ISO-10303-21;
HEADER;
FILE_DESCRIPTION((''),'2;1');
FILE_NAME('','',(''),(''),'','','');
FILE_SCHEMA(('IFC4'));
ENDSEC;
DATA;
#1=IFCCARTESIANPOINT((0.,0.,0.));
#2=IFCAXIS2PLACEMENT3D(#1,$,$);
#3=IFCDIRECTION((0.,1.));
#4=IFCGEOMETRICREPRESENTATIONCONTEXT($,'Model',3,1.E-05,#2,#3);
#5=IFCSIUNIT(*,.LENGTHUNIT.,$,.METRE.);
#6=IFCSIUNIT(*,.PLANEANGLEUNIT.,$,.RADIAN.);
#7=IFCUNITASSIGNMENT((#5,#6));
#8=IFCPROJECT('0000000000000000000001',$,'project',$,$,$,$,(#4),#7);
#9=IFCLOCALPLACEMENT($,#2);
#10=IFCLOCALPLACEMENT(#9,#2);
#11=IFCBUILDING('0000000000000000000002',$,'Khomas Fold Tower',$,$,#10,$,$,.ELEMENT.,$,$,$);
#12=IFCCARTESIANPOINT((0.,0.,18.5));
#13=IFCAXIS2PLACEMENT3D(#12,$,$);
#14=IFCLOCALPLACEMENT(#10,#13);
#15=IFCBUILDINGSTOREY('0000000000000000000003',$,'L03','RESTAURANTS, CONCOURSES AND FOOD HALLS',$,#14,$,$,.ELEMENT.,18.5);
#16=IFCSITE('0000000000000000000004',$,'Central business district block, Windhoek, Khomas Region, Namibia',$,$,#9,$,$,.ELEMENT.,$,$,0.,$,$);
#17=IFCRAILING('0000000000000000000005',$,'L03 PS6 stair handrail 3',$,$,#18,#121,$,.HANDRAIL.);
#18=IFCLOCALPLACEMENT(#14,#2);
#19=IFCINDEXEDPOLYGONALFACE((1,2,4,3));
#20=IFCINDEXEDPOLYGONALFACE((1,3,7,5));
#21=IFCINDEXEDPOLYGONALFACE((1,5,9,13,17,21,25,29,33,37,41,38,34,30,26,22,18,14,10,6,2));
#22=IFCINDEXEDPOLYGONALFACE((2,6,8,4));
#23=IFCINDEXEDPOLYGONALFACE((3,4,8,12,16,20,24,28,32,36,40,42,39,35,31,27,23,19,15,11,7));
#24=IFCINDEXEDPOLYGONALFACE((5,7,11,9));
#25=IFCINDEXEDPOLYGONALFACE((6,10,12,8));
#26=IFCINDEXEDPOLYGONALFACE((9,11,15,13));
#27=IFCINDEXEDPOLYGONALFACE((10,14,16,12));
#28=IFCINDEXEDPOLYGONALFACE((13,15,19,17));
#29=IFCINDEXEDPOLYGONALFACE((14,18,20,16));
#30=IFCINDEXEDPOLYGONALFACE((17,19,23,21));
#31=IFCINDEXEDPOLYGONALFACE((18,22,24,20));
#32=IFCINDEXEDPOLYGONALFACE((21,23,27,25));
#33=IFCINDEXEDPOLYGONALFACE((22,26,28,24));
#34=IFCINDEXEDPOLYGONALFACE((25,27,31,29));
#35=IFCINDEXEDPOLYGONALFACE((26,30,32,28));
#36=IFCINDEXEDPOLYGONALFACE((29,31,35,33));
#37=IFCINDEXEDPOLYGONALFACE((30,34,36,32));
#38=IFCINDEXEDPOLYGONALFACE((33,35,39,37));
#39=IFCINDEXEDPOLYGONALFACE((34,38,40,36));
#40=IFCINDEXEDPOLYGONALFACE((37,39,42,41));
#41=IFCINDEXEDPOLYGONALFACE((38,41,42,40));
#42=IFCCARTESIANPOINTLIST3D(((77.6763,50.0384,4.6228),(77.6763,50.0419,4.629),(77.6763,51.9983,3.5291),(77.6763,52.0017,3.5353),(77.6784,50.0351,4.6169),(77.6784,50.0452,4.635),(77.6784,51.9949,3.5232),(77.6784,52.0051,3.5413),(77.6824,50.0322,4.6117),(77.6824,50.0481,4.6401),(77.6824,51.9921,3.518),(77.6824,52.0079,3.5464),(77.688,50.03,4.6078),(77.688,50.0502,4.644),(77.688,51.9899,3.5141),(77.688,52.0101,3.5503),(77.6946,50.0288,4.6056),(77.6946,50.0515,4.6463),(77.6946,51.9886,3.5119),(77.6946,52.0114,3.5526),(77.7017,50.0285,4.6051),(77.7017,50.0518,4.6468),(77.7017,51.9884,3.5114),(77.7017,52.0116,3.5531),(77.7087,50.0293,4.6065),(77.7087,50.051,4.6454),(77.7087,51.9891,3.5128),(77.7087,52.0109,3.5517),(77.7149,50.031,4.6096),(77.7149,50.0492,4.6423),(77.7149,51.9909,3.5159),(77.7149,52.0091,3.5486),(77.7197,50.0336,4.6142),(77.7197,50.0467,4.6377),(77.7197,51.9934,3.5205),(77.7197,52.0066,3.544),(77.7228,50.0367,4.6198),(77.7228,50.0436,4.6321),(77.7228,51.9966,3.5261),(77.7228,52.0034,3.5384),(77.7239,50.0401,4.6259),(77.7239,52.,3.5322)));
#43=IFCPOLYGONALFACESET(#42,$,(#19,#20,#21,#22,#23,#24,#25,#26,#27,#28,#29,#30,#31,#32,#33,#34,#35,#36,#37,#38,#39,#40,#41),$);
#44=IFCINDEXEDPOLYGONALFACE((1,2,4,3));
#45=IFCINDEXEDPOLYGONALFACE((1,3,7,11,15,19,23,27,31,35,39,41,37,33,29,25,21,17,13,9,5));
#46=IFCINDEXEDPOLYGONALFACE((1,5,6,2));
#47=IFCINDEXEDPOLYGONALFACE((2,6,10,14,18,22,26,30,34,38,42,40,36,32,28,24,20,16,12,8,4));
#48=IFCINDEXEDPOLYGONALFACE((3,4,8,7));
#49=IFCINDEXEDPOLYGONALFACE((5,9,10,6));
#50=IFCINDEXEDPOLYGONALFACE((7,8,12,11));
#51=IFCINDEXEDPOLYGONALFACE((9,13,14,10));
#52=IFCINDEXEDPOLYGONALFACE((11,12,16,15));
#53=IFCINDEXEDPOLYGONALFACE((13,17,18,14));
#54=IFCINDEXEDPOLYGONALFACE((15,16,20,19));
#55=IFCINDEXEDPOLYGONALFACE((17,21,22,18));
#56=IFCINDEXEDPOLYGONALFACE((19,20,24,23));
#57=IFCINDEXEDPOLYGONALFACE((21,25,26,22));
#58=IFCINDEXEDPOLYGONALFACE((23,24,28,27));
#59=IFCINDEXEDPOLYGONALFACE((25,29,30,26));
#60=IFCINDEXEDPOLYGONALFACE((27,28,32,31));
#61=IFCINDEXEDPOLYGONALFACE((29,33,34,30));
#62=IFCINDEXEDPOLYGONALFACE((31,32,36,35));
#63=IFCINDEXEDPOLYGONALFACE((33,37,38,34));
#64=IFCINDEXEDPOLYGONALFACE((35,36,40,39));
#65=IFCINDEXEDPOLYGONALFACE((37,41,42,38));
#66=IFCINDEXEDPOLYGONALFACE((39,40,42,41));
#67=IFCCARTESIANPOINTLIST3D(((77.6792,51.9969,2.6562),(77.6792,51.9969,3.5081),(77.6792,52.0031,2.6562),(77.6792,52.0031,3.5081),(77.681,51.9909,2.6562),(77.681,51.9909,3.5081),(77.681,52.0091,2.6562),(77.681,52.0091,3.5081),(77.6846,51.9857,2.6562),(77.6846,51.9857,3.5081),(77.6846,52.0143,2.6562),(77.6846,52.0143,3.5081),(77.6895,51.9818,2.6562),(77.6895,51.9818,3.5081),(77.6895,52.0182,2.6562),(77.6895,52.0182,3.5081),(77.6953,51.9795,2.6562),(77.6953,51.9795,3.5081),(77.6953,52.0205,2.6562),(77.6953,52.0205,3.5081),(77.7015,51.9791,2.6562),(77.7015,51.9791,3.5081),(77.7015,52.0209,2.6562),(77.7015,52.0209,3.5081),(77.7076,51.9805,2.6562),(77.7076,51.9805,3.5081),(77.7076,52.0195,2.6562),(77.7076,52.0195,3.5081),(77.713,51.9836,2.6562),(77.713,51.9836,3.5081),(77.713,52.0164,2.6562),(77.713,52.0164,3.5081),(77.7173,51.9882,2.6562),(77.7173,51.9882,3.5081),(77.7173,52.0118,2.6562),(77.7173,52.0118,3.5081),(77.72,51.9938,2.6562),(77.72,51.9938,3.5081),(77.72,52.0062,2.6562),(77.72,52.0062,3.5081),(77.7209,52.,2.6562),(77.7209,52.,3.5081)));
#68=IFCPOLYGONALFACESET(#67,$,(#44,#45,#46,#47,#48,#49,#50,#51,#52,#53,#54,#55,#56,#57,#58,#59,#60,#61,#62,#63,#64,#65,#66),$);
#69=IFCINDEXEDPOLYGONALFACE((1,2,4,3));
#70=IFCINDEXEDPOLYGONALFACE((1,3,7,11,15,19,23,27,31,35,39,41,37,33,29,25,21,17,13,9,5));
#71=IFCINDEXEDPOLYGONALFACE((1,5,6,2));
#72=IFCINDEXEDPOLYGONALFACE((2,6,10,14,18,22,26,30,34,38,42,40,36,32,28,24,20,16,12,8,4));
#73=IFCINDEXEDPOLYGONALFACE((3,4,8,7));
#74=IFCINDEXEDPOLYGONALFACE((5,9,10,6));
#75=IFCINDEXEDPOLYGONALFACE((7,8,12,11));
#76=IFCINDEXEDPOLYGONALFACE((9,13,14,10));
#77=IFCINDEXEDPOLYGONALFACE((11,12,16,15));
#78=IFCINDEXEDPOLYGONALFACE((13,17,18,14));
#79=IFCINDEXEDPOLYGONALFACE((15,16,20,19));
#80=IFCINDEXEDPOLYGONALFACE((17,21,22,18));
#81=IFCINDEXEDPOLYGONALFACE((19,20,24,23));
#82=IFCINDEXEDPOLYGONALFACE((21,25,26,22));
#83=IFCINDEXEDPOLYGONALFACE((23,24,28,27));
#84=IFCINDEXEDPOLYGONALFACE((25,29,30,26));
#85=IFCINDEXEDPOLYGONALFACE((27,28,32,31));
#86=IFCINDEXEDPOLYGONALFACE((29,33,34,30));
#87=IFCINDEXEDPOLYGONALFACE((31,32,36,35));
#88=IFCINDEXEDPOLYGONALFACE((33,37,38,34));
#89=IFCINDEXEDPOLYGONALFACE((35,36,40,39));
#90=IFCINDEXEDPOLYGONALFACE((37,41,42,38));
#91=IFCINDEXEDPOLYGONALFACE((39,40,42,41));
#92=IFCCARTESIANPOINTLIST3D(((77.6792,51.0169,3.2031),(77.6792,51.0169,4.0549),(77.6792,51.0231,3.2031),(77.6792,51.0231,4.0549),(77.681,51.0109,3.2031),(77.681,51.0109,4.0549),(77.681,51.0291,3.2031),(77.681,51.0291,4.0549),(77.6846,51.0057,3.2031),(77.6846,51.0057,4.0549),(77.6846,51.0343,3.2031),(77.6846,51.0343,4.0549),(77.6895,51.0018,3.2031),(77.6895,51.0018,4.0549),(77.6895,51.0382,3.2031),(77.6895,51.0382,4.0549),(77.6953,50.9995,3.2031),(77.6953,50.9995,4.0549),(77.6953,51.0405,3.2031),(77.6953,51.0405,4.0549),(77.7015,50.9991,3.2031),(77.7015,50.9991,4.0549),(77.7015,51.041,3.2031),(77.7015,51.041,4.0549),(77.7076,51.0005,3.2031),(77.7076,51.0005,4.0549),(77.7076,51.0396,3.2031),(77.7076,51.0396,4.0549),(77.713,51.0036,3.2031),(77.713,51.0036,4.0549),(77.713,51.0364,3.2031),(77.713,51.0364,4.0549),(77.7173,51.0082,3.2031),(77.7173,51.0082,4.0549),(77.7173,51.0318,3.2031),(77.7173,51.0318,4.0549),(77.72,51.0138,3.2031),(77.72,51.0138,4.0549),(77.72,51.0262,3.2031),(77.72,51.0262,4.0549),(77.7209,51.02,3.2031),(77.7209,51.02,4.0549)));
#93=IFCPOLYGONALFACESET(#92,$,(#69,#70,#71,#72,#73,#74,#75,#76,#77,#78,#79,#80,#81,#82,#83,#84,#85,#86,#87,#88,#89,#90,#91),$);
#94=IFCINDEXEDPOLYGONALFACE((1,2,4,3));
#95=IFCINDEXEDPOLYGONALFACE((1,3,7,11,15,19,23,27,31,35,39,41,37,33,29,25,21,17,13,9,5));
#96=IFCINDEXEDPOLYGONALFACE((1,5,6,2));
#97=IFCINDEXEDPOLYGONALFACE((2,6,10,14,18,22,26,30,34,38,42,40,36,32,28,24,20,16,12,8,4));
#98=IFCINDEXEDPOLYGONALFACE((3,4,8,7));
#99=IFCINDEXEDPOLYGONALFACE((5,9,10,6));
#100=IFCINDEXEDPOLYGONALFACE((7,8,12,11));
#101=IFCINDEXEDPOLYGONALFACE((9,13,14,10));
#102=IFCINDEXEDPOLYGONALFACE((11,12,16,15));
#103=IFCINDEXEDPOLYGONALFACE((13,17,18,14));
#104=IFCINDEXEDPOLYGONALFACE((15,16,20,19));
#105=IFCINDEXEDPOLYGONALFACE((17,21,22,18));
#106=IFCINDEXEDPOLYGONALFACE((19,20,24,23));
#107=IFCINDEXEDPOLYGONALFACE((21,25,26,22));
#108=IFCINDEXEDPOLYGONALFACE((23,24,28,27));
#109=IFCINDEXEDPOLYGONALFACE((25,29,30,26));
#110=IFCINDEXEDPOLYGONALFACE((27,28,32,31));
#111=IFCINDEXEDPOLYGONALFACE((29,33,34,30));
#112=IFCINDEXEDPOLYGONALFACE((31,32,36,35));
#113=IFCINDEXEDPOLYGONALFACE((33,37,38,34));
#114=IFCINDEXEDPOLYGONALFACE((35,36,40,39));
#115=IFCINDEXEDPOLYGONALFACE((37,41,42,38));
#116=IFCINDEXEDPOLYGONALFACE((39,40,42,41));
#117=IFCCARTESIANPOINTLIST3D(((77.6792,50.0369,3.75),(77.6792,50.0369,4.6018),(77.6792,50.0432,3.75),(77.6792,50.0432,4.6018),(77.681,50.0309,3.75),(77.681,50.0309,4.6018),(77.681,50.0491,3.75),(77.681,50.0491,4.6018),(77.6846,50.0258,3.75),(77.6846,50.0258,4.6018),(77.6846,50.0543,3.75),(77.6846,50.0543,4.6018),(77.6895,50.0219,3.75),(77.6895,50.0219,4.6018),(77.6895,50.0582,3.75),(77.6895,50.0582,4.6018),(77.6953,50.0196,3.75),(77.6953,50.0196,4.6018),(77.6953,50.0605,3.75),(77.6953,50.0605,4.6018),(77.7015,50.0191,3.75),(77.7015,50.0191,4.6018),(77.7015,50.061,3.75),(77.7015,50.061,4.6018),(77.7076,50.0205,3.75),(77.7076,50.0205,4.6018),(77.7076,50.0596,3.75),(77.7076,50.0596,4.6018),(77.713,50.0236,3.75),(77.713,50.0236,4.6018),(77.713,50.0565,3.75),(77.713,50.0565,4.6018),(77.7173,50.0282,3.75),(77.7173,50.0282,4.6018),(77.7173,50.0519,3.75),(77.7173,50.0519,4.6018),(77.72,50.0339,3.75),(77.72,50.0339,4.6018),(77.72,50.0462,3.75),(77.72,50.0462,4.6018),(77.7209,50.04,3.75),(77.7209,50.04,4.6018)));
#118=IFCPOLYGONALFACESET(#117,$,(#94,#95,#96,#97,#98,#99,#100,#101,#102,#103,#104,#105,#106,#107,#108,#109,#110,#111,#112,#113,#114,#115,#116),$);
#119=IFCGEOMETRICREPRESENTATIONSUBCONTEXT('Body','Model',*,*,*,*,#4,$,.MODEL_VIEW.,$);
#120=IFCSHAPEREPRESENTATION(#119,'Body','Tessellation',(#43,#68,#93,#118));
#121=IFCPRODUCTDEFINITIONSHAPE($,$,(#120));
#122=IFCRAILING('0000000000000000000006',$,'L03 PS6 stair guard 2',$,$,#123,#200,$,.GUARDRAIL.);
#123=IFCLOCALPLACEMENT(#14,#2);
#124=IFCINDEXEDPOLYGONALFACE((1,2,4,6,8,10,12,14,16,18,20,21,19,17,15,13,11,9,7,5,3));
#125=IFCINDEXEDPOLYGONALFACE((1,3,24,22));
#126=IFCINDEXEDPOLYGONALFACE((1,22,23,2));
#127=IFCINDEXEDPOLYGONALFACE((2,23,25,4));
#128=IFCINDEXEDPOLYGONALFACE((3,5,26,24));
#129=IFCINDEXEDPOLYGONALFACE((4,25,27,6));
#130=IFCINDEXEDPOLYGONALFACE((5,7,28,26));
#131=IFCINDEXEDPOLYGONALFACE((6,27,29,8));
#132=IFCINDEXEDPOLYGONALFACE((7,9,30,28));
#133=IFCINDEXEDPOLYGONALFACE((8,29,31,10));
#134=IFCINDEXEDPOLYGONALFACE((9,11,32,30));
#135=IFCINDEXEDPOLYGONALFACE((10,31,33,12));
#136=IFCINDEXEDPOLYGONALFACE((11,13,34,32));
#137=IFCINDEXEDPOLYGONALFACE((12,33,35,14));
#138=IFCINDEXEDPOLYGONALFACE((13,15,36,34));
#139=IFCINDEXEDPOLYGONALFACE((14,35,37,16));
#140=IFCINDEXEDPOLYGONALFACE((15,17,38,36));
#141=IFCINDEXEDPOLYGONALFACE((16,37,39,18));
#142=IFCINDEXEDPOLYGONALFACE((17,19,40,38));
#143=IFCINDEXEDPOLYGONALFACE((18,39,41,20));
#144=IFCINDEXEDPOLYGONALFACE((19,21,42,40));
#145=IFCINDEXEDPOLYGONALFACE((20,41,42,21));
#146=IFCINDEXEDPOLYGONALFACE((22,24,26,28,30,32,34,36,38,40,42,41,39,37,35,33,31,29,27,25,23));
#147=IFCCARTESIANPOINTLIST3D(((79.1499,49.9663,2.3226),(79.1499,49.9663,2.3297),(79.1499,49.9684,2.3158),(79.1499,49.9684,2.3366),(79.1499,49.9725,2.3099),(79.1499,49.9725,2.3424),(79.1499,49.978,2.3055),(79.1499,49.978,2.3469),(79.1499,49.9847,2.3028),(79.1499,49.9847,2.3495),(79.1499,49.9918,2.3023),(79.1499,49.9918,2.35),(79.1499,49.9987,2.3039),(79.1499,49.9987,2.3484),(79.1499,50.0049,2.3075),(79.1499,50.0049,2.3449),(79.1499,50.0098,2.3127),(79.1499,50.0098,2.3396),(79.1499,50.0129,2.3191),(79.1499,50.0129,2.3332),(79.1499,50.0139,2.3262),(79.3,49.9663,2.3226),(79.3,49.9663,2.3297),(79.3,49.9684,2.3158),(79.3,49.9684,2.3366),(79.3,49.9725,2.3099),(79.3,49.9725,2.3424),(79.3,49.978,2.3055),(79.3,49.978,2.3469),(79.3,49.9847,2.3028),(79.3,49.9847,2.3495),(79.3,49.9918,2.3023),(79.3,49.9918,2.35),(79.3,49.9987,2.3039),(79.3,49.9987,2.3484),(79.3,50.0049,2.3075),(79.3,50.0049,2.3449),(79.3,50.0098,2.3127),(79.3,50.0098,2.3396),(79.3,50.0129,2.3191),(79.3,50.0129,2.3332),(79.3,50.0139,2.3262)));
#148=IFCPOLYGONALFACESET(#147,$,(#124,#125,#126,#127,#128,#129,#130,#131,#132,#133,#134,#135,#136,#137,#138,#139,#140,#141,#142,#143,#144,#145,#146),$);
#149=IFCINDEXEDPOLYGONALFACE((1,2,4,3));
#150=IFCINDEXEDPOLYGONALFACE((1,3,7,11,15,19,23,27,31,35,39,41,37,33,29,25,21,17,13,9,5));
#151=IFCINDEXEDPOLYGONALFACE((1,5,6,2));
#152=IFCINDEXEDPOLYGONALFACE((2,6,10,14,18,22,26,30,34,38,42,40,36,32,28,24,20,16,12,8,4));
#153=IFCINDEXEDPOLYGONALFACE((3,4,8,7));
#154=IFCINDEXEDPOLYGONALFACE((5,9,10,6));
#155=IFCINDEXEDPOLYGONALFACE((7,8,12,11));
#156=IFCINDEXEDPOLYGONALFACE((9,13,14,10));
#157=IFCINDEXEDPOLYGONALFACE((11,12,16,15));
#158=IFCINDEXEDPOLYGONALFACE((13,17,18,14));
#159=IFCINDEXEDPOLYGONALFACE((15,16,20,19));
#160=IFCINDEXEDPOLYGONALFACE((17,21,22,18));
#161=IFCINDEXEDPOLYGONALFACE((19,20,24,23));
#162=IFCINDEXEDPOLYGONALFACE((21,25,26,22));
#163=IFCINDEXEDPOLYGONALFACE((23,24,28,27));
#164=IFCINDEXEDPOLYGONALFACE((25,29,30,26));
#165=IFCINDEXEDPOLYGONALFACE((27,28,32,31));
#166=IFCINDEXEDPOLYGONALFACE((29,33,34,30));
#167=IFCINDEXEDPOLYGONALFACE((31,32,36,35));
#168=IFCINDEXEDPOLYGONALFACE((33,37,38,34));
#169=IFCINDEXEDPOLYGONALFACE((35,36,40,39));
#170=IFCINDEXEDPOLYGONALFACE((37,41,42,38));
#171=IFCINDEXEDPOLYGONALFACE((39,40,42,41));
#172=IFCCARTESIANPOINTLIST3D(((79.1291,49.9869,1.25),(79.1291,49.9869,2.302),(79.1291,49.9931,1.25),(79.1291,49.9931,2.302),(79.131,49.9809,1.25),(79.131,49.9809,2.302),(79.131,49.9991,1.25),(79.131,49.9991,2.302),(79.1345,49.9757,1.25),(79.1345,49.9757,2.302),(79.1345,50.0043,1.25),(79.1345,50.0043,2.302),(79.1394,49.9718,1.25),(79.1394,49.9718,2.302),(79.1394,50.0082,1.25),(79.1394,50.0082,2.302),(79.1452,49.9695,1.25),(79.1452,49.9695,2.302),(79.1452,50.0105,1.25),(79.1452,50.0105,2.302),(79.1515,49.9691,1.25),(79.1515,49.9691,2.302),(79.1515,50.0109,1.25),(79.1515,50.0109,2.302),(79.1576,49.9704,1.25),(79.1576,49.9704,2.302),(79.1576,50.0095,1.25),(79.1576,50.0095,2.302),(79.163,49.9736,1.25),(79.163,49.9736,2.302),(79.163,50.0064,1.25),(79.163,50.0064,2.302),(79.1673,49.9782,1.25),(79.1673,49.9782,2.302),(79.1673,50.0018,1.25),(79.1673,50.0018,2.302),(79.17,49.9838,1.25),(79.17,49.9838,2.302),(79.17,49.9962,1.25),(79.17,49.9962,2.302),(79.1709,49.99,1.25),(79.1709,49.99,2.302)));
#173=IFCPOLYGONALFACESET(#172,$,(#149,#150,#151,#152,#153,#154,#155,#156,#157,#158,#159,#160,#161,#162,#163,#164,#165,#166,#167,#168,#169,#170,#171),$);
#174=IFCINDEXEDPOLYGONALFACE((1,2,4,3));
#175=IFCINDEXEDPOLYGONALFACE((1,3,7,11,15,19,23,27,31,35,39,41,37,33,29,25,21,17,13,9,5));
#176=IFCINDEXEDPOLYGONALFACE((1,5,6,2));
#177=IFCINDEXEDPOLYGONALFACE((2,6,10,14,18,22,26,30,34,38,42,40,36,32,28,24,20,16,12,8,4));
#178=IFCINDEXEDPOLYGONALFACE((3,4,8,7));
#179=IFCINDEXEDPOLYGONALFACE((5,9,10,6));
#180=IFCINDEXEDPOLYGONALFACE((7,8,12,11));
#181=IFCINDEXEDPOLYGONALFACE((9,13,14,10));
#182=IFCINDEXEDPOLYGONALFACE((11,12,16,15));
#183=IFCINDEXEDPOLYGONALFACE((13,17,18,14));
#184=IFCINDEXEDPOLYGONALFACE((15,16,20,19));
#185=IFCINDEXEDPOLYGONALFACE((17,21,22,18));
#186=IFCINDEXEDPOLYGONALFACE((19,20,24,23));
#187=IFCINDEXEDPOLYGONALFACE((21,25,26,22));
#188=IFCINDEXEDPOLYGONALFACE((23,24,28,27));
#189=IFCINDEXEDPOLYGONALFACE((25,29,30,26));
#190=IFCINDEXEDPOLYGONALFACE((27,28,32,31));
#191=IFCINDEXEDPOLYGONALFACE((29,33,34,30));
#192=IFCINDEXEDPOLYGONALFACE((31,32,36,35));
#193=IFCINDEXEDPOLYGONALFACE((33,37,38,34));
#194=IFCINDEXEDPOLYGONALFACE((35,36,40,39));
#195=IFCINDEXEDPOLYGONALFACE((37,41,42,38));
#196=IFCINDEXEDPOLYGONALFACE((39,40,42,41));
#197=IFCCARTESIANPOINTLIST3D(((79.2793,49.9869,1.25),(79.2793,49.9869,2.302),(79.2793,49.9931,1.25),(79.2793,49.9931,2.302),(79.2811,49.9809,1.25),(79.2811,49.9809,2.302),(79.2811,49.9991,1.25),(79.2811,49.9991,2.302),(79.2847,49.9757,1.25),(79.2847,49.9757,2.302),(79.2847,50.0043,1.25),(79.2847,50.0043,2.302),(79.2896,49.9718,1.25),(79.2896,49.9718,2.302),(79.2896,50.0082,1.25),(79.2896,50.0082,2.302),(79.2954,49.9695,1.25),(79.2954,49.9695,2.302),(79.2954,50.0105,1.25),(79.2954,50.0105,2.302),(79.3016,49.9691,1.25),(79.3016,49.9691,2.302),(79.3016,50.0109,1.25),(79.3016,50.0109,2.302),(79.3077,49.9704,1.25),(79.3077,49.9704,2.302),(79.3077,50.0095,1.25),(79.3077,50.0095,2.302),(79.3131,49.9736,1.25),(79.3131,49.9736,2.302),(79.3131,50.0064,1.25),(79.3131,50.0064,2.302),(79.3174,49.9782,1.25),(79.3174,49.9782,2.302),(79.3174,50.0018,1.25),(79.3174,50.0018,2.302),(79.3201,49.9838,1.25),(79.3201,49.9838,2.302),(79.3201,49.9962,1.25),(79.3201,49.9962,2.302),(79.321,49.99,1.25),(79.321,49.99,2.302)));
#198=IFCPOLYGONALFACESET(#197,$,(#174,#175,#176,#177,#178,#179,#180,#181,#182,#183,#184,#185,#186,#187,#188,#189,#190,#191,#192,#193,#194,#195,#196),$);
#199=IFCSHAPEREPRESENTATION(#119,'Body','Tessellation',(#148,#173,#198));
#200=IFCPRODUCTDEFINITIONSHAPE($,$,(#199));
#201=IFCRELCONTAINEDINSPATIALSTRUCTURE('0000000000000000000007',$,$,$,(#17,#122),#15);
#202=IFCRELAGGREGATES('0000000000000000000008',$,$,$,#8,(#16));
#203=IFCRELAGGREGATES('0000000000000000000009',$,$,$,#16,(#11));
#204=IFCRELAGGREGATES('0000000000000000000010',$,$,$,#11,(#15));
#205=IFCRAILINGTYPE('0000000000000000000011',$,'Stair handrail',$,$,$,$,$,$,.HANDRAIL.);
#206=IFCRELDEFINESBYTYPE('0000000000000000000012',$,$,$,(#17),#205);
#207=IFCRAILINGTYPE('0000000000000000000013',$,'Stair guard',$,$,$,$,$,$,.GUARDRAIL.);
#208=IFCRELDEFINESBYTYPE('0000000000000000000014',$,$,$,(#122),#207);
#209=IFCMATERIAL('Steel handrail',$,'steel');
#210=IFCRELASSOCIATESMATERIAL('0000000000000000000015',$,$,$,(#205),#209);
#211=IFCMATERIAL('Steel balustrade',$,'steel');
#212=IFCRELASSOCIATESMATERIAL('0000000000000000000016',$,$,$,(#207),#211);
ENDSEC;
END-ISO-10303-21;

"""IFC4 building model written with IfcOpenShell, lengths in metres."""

from ifc_helpers import new_model, si_unit, direction, frame, origin, origin_2d, place, context, subcontext, project, spatial, circle, extrude, source, transform, mapped, material, type_object, element, save


model = new_model("IFC4")

# Units and contexts
model_context = context("Model", 3, precision=1e-05, world=origin(), true_north=direction((0.0, 1.0)))
body_context = subcontext(model_context, "Body", "Model", "MODEL_VIEW")
ifc_project = project(units=[si_unit("LENGTHUNIT", "METRE"), si_unit("PLANEANGLEUNIT", "RADIAN")], contexts=[model_context])

# Site, building, storey
site_placement = place(None, origin())
site = spatial("IfcSite", under=ifc_project, at=site_placement, Name="Central business district block, Windhoek, Khomas Region, Namibia", CompositionType="ELEMENT", RefElevation=0.0)
building_placement = place(site_placement, origin())
building = spatial("IfcBuilding", under=site, at=building_placement, Name="Khomas Fold Tower", CompositionType="ELEMENT")
storey_placement = place(building_placement, frame((0.0, 0.0, 18.5)))
storey = spatial("IfcBuildingStorey", under=building, at=storey_placement, Name="L03", Description="RESTAURANTS, CONCOURSES AND FOOD HALLS", CompositionType="ELEMENT", Elevation=18.5)

# Railings
ifc_material_1 = material(Name="Steel handrail", Category="steel")
railing_type_1 = type_object("IfcRailingType", Name="Stair handrail", PredefinedType="HANDRAIL", material=ifc_material_1)
ifc_material_2 = material(Name="Steel balustrade", Category="steel")
railing_type_2 = type_object("IfcRailingType", Name="Stair guard", PredefinedType="GUARDRAIL", material=ifc_material_2)
shared_shape_1 = source(origin(), body_context, "Body", "SweptSolid", [
    extrude(circle(Radius=0.0239, at=origin_2d()), frame((0.0, 0.0, 0.876), z_axis=(0.0, -0.873232, 0.487304), x_axis=(1.0, 0.0, 0.0)), (0.0, 0.0, 1.0), 2.2444),
    extrude(circle(Radius=0.021, at=origin_2d()), origin(), (0.0, 0.0, 1.0), 0.8518),
    extrude(circle(Radius=0.021, at=origin_2d()), frame((0.0, -0.98, 0.5469)), (0.0, 0.0, 1.0), 0.8518),
    extrude(circle(Radius=0.021, at=origin_2d()), frame((0.0, -1.96, 1.0938)), (0.0, 0.0, 1.0), 0.8518),
])
for number, where, name in (
    (1, (77.7, 52.0, 2.6562), "L03 PS6 stair handrail 3"),
):
    element("IfcRailing", number, at=place(storey_placement, frame(where)), inside=storey, type_object=railing_type_1, Name=name, PredefinedType="HANDRAIL", context=body_context, shape_type="MappedRepresentation", body=[
        mapped(shared_shape_1, transform((0.0, 0.0, 0.0))),
    ])
shared_shape_2 = source(origin(), body_context, "Body", "SweptSolid", [
    extrude(circle(Radius=0.0239, at=origin_2d()), frame((0.0, 0.0, 1.0762), z_axis=(1.0, 0.0, 0.0), x_axis=(0.0, 1.0, 0.0)), (0.0, 0.0, 1.0), 0.1501),
    extrude(circle(Radius=0.021, at=origin_2d()), origin(), (0.0, 0.0, 1.0), 1.052),
    extrude(circle(Radius=0.021, at=origin_2d()), frame((0.1501, 0.0, 0.0)), (0.0, 0.0, 1.0), 1.052),
])
for number, where, name in (
    (2, (79.1499, 49.99, 1.25), "L03 PS6 stair guard 2"),
):
    element("IfcRailing", number, at=place(storey_placement, frame(where)), inside=storey, type_object=railing_type_2, Name=name, PredefinedType="GUARDRAIL", context=body_context, shape_type="MappedRepresentation", body=[
        mapped(shared_shape_2, transform((0.0, 0.0, 0.0))),
    ])

save(model, "model.ifc")
